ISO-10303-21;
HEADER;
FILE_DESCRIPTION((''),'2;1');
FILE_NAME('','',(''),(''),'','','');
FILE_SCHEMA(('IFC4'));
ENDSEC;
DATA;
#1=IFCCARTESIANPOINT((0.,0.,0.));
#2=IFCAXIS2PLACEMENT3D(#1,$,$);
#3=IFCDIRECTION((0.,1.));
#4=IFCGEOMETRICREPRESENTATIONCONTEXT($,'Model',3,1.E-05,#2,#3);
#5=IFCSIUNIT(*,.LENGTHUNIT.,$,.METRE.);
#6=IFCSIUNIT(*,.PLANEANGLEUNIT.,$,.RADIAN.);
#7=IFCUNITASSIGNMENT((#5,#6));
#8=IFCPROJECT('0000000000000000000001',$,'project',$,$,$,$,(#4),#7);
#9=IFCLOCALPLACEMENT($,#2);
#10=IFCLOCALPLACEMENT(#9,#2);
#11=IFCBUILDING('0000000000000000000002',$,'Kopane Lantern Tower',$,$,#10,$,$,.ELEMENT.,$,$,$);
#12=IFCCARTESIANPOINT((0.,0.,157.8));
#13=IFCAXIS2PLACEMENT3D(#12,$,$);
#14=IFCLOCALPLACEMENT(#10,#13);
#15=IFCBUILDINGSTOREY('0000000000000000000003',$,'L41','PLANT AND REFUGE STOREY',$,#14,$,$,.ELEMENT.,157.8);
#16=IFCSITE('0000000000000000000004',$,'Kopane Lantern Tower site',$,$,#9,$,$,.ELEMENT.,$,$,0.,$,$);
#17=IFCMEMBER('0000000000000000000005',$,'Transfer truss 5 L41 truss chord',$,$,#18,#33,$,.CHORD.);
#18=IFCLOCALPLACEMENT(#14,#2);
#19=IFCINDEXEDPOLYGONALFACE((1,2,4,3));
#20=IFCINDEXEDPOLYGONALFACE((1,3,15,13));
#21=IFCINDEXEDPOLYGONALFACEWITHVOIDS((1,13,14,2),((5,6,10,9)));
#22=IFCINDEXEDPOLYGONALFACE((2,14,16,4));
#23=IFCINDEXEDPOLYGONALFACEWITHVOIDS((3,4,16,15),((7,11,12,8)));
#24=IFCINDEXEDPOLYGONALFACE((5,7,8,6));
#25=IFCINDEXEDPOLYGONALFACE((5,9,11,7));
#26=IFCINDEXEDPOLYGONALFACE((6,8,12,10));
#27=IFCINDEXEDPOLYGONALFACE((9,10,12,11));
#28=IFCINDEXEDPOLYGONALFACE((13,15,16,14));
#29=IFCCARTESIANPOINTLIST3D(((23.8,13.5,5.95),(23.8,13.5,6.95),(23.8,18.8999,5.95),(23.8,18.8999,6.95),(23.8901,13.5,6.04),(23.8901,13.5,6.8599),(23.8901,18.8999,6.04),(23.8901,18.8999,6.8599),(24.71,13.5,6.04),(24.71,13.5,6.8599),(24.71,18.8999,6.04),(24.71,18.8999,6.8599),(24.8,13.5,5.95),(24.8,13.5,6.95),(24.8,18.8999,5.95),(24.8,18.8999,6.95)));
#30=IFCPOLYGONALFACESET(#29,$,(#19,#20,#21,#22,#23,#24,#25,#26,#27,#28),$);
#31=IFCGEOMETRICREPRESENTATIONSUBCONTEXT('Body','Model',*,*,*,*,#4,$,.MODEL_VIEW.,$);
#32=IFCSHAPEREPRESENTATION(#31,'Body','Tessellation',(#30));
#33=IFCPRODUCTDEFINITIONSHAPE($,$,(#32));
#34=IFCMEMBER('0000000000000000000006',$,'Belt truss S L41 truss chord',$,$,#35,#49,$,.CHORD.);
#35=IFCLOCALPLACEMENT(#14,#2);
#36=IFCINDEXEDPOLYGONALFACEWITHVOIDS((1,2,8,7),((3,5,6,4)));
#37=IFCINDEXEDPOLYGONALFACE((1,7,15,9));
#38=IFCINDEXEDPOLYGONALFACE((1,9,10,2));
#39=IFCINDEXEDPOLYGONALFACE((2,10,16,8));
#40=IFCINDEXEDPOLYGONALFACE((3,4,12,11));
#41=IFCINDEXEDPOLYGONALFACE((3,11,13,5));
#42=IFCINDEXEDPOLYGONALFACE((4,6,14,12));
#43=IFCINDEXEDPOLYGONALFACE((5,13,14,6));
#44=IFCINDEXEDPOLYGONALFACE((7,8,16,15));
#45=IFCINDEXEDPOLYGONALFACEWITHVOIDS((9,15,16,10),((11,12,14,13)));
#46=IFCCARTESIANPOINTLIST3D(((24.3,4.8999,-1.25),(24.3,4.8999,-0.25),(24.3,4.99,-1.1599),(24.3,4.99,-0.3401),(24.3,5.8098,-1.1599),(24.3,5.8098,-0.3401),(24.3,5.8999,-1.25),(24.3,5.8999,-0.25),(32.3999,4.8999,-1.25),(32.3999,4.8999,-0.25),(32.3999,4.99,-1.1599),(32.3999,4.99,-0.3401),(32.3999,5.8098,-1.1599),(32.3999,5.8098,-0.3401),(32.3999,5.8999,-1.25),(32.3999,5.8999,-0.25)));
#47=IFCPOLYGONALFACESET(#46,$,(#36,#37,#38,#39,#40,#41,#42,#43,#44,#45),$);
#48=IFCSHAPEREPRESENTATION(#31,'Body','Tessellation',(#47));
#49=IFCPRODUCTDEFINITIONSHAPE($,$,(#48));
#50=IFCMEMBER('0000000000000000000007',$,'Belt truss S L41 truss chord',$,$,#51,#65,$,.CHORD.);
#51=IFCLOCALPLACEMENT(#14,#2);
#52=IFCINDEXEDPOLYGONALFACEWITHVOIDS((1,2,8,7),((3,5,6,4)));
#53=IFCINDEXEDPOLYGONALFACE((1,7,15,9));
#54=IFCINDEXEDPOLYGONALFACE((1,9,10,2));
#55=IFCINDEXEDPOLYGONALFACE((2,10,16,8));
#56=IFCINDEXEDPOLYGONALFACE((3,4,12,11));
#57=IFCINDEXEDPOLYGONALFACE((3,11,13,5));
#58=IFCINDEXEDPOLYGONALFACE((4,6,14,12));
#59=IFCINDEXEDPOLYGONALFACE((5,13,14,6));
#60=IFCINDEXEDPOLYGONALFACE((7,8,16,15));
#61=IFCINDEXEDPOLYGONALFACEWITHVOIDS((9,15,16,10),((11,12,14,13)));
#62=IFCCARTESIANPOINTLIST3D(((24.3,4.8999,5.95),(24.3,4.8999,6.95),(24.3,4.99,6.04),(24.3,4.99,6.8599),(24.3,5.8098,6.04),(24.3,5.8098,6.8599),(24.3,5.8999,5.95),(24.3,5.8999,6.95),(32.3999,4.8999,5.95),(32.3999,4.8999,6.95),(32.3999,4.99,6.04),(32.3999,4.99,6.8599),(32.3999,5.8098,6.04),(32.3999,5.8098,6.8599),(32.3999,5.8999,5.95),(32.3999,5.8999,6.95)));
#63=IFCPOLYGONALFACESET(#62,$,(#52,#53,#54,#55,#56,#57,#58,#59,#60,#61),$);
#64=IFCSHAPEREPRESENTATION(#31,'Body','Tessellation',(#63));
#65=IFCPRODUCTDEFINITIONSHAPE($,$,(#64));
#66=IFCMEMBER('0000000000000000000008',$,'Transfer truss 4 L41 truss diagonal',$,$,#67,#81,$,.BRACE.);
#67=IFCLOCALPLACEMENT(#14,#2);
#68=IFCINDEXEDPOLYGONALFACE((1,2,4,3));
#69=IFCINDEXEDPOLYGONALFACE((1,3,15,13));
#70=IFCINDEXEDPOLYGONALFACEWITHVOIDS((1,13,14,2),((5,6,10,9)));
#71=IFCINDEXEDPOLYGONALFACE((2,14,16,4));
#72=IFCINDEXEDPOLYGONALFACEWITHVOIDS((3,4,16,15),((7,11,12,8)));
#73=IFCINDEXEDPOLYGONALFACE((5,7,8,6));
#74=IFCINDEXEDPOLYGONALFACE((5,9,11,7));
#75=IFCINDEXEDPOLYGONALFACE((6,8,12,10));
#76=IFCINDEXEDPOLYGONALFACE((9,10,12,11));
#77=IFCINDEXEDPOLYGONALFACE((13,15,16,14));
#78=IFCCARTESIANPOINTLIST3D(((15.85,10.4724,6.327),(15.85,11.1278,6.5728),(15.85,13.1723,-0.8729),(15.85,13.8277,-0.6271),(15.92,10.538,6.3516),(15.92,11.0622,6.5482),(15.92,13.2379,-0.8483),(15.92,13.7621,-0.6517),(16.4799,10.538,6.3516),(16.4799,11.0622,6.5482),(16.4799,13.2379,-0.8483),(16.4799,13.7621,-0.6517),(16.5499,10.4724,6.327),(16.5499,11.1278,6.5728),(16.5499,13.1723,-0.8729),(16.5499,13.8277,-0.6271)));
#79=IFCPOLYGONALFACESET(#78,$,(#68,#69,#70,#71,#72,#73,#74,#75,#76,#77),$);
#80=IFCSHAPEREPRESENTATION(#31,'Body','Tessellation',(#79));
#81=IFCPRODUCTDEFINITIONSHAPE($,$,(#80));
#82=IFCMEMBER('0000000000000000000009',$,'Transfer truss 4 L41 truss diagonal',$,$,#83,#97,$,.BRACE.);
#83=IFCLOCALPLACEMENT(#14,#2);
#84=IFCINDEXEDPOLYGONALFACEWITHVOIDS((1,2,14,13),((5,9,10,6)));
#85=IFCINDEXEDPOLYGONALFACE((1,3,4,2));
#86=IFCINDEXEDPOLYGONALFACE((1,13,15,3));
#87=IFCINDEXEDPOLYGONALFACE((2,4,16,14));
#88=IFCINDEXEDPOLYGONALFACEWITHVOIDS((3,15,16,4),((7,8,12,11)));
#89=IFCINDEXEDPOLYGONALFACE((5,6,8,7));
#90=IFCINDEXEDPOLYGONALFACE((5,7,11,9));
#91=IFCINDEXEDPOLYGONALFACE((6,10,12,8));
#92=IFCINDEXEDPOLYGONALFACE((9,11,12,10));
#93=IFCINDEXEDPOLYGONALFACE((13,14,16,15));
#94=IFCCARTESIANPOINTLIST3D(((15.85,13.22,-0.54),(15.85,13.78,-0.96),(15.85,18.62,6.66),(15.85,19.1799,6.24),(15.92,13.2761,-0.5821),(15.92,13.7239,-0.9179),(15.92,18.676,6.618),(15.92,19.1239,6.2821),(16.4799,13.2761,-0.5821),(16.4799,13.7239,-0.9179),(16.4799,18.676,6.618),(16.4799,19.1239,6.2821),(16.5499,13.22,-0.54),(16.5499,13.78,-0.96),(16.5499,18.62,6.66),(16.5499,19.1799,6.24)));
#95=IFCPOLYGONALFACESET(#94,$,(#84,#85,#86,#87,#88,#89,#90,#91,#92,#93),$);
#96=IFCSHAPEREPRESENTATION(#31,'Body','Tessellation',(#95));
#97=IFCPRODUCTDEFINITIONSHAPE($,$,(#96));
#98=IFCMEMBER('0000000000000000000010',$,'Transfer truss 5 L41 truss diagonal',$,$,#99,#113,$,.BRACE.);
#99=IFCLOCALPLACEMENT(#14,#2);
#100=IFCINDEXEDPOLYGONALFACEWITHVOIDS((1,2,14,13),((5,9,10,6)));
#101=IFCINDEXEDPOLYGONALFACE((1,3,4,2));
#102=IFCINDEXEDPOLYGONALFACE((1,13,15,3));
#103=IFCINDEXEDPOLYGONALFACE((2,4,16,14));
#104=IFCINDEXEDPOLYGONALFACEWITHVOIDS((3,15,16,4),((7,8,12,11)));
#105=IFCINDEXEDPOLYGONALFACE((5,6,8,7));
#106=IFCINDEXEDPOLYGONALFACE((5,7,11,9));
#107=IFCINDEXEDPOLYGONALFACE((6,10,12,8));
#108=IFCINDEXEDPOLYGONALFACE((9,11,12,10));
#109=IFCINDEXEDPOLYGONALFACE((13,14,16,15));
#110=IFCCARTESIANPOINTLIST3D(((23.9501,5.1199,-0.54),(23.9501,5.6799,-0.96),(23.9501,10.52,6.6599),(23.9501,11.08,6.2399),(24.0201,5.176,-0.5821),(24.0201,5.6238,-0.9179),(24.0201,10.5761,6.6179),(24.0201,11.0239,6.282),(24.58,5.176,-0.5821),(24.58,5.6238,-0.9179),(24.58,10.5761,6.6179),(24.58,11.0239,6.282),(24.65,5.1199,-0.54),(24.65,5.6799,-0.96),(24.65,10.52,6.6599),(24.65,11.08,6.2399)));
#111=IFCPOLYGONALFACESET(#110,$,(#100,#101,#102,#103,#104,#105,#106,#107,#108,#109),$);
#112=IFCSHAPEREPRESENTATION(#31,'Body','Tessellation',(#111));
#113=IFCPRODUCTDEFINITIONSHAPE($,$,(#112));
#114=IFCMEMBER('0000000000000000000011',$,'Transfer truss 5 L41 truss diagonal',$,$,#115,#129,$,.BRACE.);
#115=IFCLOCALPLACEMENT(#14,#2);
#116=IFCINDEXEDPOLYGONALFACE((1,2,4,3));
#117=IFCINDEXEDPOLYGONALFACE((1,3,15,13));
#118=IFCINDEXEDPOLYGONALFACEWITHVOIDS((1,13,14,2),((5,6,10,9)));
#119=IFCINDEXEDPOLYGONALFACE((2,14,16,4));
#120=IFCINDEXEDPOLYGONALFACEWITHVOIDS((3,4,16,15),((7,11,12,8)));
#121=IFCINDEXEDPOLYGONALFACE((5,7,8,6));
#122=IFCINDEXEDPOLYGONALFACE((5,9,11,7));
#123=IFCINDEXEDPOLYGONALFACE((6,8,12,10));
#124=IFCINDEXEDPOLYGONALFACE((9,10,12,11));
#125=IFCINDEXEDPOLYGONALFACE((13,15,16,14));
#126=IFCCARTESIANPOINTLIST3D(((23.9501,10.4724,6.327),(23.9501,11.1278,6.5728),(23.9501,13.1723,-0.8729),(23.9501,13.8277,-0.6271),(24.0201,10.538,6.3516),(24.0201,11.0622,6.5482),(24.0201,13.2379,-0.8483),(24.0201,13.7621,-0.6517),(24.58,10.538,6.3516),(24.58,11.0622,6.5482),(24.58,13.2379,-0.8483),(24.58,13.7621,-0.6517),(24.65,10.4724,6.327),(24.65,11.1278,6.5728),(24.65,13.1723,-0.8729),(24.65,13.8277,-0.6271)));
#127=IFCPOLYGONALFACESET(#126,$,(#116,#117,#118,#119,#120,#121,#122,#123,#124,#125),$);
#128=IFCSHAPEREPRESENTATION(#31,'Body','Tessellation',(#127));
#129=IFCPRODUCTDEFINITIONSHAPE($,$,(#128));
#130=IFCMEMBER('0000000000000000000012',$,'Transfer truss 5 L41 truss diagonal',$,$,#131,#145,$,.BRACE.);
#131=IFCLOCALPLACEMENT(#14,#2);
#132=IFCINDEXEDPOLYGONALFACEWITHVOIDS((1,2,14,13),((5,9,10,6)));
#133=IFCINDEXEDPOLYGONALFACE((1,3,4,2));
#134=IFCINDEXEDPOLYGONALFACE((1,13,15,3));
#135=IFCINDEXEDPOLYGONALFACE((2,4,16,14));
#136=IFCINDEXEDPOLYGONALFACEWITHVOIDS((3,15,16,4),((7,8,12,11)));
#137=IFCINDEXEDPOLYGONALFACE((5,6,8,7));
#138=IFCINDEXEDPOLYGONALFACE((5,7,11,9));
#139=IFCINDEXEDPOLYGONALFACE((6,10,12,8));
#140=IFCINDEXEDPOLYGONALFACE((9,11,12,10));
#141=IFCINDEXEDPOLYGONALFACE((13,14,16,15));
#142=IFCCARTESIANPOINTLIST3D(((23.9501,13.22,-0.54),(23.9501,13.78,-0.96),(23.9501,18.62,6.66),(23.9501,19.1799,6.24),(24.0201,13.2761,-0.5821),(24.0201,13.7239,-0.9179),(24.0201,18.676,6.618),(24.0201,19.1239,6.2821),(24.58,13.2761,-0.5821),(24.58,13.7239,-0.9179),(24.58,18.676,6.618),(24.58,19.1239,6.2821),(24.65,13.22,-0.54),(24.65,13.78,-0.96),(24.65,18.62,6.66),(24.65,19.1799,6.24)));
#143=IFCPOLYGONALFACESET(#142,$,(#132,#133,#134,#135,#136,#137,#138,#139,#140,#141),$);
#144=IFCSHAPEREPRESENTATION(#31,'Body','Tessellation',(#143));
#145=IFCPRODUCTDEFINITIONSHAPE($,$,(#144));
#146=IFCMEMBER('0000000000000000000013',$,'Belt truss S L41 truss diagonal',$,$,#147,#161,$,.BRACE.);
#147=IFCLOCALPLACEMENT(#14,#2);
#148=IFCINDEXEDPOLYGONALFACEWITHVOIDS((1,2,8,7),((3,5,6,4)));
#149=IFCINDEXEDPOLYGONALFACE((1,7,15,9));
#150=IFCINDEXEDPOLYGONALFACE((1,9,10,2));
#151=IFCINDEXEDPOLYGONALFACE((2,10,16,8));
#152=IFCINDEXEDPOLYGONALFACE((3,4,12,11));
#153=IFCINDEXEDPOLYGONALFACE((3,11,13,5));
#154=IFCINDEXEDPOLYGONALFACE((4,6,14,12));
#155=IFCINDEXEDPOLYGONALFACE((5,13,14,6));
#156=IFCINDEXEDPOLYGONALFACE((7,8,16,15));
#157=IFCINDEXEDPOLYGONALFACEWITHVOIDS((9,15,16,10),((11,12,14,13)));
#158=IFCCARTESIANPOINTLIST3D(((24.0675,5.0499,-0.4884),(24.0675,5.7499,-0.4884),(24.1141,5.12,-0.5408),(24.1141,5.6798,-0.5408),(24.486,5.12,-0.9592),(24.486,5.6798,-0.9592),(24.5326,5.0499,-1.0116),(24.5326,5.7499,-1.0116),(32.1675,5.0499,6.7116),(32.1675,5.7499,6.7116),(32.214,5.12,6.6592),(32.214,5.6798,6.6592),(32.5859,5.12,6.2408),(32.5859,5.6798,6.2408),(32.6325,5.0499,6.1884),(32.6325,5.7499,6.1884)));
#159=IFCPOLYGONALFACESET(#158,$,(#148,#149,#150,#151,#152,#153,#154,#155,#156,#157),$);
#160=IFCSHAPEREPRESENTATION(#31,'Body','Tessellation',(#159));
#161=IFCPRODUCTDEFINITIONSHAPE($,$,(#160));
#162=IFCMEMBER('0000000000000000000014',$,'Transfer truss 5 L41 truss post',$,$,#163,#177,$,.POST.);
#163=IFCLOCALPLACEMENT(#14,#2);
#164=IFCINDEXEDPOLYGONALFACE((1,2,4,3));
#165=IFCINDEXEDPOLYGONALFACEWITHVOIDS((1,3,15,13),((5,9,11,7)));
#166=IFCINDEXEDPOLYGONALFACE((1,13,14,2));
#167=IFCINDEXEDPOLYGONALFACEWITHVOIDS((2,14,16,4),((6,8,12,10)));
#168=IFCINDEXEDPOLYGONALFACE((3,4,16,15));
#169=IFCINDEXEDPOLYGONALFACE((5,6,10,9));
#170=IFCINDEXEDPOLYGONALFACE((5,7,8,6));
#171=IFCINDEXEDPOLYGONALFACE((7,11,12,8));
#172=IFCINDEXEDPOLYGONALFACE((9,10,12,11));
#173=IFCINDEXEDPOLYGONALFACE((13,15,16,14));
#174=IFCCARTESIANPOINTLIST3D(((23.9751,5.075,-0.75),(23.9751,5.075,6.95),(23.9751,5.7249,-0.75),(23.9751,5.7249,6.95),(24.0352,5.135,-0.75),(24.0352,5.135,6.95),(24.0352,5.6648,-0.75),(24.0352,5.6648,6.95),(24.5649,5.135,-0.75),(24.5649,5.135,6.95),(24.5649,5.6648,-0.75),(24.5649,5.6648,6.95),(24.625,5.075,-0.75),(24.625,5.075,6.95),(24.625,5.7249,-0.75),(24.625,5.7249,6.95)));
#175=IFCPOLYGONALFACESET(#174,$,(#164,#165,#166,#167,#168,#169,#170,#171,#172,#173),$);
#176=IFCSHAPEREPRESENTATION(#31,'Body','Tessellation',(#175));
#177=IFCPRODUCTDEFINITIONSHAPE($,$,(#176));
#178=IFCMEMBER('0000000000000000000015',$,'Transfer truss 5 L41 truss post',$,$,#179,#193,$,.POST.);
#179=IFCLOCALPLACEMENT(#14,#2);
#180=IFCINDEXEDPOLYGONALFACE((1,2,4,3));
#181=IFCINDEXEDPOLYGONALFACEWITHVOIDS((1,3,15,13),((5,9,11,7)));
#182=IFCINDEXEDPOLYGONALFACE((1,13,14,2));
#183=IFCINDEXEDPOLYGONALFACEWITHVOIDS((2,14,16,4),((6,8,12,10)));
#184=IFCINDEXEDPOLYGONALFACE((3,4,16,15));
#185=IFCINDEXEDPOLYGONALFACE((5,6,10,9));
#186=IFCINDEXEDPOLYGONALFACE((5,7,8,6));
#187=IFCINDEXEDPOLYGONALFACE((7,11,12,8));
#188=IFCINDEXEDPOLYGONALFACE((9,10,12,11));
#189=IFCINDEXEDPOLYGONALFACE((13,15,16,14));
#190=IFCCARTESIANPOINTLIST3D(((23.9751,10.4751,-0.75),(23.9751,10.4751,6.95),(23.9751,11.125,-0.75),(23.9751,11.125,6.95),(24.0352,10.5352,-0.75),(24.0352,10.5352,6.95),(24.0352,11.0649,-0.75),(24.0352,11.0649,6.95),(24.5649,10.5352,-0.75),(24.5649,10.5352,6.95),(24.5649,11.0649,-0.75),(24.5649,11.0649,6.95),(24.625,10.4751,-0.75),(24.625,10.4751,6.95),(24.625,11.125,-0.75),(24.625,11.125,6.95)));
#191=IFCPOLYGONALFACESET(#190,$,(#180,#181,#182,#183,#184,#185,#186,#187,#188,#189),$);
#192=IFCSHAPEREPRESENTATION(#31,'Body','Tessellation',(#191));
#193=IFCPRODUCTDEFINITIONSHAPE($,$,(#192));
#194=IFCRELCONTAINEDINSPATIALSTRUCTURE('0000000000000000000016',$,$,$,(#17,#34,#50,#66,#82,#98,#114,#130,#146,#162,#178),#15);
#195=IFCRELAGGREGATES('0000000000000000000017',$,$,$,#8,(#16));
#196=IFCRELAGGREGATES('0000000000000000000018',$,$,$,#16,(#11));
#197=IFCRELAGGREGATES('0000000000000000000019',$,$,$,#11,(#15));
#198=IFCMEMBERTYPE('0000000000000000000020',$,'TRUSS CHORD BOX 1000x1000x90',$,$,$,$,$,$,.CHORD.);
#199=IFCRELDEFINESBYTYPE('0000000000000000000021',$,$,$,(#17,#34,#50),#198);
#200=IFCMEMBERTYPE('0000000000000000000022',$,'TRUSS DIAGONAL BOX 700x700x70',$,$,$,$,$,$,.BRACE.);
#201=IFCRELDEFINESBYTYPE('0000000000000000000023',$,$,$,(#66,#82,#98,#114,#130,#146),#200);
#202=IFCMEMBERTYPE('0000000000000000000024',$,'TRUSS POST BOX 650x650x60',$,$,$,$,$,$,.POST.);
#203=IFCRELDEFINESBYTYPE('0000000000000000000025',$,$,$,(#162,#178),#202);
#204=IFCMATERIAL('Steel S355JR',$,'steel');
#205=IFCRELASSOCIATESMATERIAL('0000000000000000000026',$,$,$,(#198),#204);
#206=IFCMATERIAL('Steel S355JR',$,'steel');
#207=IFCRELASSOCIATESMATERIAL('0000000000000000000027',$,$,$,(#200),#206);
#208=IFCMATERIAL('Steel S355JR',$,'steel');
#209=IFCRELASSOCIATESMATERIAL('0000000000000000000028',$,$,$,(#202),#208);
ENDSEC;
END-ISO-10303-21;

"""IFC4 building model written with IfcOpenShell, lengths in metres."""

from ifc_helpers import new_model, si_unit, direction, frame, origin, origin_2d, place, context, subcontext, project, spatial, hollow_rectangle, extrude, material, material_profile, profile_set, type_object, element, save


model = new_model("IFC4")

# Units and contexts
model_context = context("Model", 3, precision=1e-05, world=origin(), true_north=direction((0.0, 1.0)))
body_context = subcontext(model_context, "Body", "Model", "MODEL_VIEW")
ifc_project = project(units=[si_unit("LENGTHUNIT", "METRE"), si_unit("PLANEANGLEUNIT", "RADIAN")], contexts=[model_context])

# Site, building, storey
site_placement = place(None, origin())
site = spatial("IfcSite", under=ifc_project, at=site_placement, Name="Kopane Lantern Tower site", CompositionType="ELEMENT", RefElevation=0.0)
building_placement = place(site_placement, origin())
building = spatial("IfcBuilding", under=site, at=building_placement, Name="Kopane Lantern Tower", CompositionType="ELEMENT")
storey_placement = place(building_placement, frame((0.0, 0.0, 157.8)))
storey = spatial("IfcBuildingStorey", under=building, at=storey_placement, Name="L41", Description="PLANT AND REFUGE STOREY", CompositionType="ELEMENT", Elevation=157.8)

# Members
ifc_material_1 = material(Name="Steel S355JR", Category="steel")
ifc_material_profile_1 = material_profile(ifc_material_1, hollow_rectangle(XDim=1.0, YDim=1.0, WallThickness=0.0901, at=origin_2d()), Name="BOX 1000x1000x90")
ifc_profile_set_1 = profile_set([ifc_material_profile_1], Name="Steel S355JR")
member_type_1 = type_object("IfcMemberType", Name="TRUSS CHORD BOX 1000x1000x90", PredefinedType="CHORD", material=ifc_profile_set_1)
member_1_placement = place(storey_placement, frame((24.3, 13.5, 6.45), z_axis=(0.0, 1.0, 0.0), x_axis=(-1.0, 0.0, 0.0)))
element("IfcMember", 1, at=member_1_placement, inside=storey, type_object=member_type_1, Name="Transfer truss 5 L41 truss chord", PredefinedType="CHORD", context=body_context, shape_type="SweptSolid", body=[
    extrude(hollow_rectangle(XDim=1.0, YDim=1.0, WallThickness=0.0901, at=origin_2d()), origin(), (0.0, 0.0, 1.0), 5.3999),
])
for number, where, z_axis, x_axis, name in (
    (2, (24.3, 5.3999, -0.75), (1.0, 0.0, 0.0), (0.0, 1.0, 0.0), "Belt truss S L41 truss chord"),
    (3, (24.3, 5.3999, 6.45), (1.0, 0.0, 0.0), (0.0, 1.0, 0.0), "Belt truss S L41 truss chord"),
):
    element("IfcMember", number, at=place(storey_placement, frame(where, z_axis=z_axis, x_axis=x_axis)), inside=storey, type_object=member_type_1, Name=name, PredefinedType="CHORD", context=body_context, shape_type="SweptSolid", body=[
        extrude(hollow_rectangle(XDim=1.0, YDim=1.0, WallThickness=0.0901, at=origin_2d()), origin(), (0.0, 0.0, 1.0), 8.0999),
    ])
ifc_material_2 = material(Name="Steel S355JR", Category="steel")
ifc_material_profile_2 = material_profile(ifc_material_2, hollow_rectangle(XDim=0.7, YDim=0.7, WallThickness=0.0701, at=origin_2d()), Name="BOX 700x700x70")
ifc_profile_set_2 = profile_set([ifc_material_profile_2], Name="Steel S355JR")
member_type_2 = type_object("IfcMemberType", Name="TRUSS DIAGONAL BOX 700x700x70", PredefinedType="BRACE", material=ifc_profile_set_2)
member_2_placement = place(storey_placement, frame((16.2, 13.5, -0.75), z_axis=(0.0, -0.35112, 0.93633), x_axis=(1.0, 0.0, 0.0)))
element("IfcMember", 4, at=member_2_placement, inside=storey, type_object=member_type_2, Name="Transfer truss 4 L41 truss diagonal", PredefinedType="BRACE", context=body_context, shape_type="SweptSolid", body=[
    extrude(hollow_rectangle(XDim=0.7, YDim=0.7, WallThickness=0.0701, at=origin_2d()), origin(), (0.0, 0.0, 1.0), 7.6895),
])
for number, where, z_axis, x_axis, name in (
    (5, (16.2, 13.5, -0.75), (0.0, 0.599996, 0.800003), (-1.0, 0.0, 0.0), "Transfer truss 4 L41 truss diagonal"),
    (6, (24.3, 5.3999, -0.75), (0.0, 0.600013, 0.79999), (-1.0, 0.0, 0.0), "Transfer truss 5 L41 truss diagonal"),
):
    element("IfcMember", number, at=place(storey_placement, frame(where, z_axis=z_axis, x_axis=x_axis)), inside=storey, type_object=member_type_2, Name=name, PredefinedType="BRACE", context=body_context, shape_type="SweptSolid", body=[
        extrude(hollow_rectangle(XDim=0.7, YDim=0.7, WallThickness=0.0701, at=origin_2d()), origin(), (0.0, 0.0, 1.0), 9.0),
    ])
member_3_placement = place(storey_placement, frame((24.3, 13.5, -0.75), z_axis=(0.0, -0.35112, 0.93633), x_axis=(1.0, 0.0, 0.0)))
element("IfcMember", 7, at=member_3_placement, inside=storey, type_object=member_type_2, Name="Transfer truss 5 L41 truss diagonal", PredefinedType="BRACE", context=body_context, shape_type="SweptSolid", body=[
    extrude(hollow_rectangle(XDim=0.7, YDim=0.7, WallThickness=0.0701, at=origin_2d()), origin(), (0.0, 0.0, 1.0), 7.6895),
])
member_4_placement = place(storey_placement, frame((24.3, 13.5, -0.75), z_axis=(0.0, 0.599996, 0.800003), x_axis=(-1.0, 0.0, 0.0)))
element("IfcMember", 8, at=member_4_placement, inside=storey, type_object=member_type_2, Name="Transfer truss 5 L41 truss diagonal", PredefinedType="BRACE", context=body_context, shape_type="SweptSolid", body=[
    extrude(hollow_rectangle(XDim=0.7, YDim=0.7, WallThickness=0.0701, at=origin_2d()), origin(), (0.0, 0.0, 1.0), 9.0),
])
member_5_placement = place(storey_placement, frame((24.3, 5.3999, -0.75), z_axis=(0.747406, 0.0, 0.664368), x_axis=(0.0, 1.0, 0.0)))
element("IfcMember", 9, at=member_5_placement, inside=storey, type_object=member_type_2, Name="Belt truss S L41 truss diagonal", PredefinedType="BRACE", context=body_context, shape_type="SweptSolid", body=[
    extrude(hollow_rectangle(XDim=0.7, YDim=0.7, WallThickness=0.0701, at=origin_2d()), origin(), (0.0, 0.0, 1.0), 10.8374),
])
ifc_material_3 = material(Name="Steel S355JR", Category="steel")
ifc_material_profile_3 = material_profile(ifc_material_3, hollow_rectangle(XDim=0.6499, YDim=0.6499, WallThickness=0.0601, at=origin_2d()), Name="BOX 650x650x60")
ifc_profile_set_3 = profile_set([ifc_material_profile_3], Name="Steel S355JR")
member_type_3 = type_object("IfcMemberType", Name="TRUSS POST BOX 650x650x60", PredefinedType="POST", material=ifc_profile_set_3)
for number, where, z_axis, x_axis, name in (
    (10, (24.3, 5.3999, -0.75), (0.0, 0.0, 1.0), (1.0, 0.0, 0.0), "Transfer truss 5 L41 truss post"),
    (11, (24.3, 10.8, -0.75), (0.0, 0.0, 1.0), (1.0, 0.0, 0.0), "Transfer truss 5 L41 truss post"),
):
    element("IfcMember", number, at=place(storey_placement, frame(where, z_axis=z_axis, x_axis=x_axis)), inside=storey, type_object=member_type_3, Name=name, PredefinedType="POST", context=body_context, shape_type="SweptSolid", body=[
        extrude(hollow_rectangle(XDim=0.6499, YDim=0.6499, WallThickness=0.0601, at=origin_2d()), origin(), (0.0, 0.0, 1.0), 7.7),
    ])

save(model, "model.ifc")
